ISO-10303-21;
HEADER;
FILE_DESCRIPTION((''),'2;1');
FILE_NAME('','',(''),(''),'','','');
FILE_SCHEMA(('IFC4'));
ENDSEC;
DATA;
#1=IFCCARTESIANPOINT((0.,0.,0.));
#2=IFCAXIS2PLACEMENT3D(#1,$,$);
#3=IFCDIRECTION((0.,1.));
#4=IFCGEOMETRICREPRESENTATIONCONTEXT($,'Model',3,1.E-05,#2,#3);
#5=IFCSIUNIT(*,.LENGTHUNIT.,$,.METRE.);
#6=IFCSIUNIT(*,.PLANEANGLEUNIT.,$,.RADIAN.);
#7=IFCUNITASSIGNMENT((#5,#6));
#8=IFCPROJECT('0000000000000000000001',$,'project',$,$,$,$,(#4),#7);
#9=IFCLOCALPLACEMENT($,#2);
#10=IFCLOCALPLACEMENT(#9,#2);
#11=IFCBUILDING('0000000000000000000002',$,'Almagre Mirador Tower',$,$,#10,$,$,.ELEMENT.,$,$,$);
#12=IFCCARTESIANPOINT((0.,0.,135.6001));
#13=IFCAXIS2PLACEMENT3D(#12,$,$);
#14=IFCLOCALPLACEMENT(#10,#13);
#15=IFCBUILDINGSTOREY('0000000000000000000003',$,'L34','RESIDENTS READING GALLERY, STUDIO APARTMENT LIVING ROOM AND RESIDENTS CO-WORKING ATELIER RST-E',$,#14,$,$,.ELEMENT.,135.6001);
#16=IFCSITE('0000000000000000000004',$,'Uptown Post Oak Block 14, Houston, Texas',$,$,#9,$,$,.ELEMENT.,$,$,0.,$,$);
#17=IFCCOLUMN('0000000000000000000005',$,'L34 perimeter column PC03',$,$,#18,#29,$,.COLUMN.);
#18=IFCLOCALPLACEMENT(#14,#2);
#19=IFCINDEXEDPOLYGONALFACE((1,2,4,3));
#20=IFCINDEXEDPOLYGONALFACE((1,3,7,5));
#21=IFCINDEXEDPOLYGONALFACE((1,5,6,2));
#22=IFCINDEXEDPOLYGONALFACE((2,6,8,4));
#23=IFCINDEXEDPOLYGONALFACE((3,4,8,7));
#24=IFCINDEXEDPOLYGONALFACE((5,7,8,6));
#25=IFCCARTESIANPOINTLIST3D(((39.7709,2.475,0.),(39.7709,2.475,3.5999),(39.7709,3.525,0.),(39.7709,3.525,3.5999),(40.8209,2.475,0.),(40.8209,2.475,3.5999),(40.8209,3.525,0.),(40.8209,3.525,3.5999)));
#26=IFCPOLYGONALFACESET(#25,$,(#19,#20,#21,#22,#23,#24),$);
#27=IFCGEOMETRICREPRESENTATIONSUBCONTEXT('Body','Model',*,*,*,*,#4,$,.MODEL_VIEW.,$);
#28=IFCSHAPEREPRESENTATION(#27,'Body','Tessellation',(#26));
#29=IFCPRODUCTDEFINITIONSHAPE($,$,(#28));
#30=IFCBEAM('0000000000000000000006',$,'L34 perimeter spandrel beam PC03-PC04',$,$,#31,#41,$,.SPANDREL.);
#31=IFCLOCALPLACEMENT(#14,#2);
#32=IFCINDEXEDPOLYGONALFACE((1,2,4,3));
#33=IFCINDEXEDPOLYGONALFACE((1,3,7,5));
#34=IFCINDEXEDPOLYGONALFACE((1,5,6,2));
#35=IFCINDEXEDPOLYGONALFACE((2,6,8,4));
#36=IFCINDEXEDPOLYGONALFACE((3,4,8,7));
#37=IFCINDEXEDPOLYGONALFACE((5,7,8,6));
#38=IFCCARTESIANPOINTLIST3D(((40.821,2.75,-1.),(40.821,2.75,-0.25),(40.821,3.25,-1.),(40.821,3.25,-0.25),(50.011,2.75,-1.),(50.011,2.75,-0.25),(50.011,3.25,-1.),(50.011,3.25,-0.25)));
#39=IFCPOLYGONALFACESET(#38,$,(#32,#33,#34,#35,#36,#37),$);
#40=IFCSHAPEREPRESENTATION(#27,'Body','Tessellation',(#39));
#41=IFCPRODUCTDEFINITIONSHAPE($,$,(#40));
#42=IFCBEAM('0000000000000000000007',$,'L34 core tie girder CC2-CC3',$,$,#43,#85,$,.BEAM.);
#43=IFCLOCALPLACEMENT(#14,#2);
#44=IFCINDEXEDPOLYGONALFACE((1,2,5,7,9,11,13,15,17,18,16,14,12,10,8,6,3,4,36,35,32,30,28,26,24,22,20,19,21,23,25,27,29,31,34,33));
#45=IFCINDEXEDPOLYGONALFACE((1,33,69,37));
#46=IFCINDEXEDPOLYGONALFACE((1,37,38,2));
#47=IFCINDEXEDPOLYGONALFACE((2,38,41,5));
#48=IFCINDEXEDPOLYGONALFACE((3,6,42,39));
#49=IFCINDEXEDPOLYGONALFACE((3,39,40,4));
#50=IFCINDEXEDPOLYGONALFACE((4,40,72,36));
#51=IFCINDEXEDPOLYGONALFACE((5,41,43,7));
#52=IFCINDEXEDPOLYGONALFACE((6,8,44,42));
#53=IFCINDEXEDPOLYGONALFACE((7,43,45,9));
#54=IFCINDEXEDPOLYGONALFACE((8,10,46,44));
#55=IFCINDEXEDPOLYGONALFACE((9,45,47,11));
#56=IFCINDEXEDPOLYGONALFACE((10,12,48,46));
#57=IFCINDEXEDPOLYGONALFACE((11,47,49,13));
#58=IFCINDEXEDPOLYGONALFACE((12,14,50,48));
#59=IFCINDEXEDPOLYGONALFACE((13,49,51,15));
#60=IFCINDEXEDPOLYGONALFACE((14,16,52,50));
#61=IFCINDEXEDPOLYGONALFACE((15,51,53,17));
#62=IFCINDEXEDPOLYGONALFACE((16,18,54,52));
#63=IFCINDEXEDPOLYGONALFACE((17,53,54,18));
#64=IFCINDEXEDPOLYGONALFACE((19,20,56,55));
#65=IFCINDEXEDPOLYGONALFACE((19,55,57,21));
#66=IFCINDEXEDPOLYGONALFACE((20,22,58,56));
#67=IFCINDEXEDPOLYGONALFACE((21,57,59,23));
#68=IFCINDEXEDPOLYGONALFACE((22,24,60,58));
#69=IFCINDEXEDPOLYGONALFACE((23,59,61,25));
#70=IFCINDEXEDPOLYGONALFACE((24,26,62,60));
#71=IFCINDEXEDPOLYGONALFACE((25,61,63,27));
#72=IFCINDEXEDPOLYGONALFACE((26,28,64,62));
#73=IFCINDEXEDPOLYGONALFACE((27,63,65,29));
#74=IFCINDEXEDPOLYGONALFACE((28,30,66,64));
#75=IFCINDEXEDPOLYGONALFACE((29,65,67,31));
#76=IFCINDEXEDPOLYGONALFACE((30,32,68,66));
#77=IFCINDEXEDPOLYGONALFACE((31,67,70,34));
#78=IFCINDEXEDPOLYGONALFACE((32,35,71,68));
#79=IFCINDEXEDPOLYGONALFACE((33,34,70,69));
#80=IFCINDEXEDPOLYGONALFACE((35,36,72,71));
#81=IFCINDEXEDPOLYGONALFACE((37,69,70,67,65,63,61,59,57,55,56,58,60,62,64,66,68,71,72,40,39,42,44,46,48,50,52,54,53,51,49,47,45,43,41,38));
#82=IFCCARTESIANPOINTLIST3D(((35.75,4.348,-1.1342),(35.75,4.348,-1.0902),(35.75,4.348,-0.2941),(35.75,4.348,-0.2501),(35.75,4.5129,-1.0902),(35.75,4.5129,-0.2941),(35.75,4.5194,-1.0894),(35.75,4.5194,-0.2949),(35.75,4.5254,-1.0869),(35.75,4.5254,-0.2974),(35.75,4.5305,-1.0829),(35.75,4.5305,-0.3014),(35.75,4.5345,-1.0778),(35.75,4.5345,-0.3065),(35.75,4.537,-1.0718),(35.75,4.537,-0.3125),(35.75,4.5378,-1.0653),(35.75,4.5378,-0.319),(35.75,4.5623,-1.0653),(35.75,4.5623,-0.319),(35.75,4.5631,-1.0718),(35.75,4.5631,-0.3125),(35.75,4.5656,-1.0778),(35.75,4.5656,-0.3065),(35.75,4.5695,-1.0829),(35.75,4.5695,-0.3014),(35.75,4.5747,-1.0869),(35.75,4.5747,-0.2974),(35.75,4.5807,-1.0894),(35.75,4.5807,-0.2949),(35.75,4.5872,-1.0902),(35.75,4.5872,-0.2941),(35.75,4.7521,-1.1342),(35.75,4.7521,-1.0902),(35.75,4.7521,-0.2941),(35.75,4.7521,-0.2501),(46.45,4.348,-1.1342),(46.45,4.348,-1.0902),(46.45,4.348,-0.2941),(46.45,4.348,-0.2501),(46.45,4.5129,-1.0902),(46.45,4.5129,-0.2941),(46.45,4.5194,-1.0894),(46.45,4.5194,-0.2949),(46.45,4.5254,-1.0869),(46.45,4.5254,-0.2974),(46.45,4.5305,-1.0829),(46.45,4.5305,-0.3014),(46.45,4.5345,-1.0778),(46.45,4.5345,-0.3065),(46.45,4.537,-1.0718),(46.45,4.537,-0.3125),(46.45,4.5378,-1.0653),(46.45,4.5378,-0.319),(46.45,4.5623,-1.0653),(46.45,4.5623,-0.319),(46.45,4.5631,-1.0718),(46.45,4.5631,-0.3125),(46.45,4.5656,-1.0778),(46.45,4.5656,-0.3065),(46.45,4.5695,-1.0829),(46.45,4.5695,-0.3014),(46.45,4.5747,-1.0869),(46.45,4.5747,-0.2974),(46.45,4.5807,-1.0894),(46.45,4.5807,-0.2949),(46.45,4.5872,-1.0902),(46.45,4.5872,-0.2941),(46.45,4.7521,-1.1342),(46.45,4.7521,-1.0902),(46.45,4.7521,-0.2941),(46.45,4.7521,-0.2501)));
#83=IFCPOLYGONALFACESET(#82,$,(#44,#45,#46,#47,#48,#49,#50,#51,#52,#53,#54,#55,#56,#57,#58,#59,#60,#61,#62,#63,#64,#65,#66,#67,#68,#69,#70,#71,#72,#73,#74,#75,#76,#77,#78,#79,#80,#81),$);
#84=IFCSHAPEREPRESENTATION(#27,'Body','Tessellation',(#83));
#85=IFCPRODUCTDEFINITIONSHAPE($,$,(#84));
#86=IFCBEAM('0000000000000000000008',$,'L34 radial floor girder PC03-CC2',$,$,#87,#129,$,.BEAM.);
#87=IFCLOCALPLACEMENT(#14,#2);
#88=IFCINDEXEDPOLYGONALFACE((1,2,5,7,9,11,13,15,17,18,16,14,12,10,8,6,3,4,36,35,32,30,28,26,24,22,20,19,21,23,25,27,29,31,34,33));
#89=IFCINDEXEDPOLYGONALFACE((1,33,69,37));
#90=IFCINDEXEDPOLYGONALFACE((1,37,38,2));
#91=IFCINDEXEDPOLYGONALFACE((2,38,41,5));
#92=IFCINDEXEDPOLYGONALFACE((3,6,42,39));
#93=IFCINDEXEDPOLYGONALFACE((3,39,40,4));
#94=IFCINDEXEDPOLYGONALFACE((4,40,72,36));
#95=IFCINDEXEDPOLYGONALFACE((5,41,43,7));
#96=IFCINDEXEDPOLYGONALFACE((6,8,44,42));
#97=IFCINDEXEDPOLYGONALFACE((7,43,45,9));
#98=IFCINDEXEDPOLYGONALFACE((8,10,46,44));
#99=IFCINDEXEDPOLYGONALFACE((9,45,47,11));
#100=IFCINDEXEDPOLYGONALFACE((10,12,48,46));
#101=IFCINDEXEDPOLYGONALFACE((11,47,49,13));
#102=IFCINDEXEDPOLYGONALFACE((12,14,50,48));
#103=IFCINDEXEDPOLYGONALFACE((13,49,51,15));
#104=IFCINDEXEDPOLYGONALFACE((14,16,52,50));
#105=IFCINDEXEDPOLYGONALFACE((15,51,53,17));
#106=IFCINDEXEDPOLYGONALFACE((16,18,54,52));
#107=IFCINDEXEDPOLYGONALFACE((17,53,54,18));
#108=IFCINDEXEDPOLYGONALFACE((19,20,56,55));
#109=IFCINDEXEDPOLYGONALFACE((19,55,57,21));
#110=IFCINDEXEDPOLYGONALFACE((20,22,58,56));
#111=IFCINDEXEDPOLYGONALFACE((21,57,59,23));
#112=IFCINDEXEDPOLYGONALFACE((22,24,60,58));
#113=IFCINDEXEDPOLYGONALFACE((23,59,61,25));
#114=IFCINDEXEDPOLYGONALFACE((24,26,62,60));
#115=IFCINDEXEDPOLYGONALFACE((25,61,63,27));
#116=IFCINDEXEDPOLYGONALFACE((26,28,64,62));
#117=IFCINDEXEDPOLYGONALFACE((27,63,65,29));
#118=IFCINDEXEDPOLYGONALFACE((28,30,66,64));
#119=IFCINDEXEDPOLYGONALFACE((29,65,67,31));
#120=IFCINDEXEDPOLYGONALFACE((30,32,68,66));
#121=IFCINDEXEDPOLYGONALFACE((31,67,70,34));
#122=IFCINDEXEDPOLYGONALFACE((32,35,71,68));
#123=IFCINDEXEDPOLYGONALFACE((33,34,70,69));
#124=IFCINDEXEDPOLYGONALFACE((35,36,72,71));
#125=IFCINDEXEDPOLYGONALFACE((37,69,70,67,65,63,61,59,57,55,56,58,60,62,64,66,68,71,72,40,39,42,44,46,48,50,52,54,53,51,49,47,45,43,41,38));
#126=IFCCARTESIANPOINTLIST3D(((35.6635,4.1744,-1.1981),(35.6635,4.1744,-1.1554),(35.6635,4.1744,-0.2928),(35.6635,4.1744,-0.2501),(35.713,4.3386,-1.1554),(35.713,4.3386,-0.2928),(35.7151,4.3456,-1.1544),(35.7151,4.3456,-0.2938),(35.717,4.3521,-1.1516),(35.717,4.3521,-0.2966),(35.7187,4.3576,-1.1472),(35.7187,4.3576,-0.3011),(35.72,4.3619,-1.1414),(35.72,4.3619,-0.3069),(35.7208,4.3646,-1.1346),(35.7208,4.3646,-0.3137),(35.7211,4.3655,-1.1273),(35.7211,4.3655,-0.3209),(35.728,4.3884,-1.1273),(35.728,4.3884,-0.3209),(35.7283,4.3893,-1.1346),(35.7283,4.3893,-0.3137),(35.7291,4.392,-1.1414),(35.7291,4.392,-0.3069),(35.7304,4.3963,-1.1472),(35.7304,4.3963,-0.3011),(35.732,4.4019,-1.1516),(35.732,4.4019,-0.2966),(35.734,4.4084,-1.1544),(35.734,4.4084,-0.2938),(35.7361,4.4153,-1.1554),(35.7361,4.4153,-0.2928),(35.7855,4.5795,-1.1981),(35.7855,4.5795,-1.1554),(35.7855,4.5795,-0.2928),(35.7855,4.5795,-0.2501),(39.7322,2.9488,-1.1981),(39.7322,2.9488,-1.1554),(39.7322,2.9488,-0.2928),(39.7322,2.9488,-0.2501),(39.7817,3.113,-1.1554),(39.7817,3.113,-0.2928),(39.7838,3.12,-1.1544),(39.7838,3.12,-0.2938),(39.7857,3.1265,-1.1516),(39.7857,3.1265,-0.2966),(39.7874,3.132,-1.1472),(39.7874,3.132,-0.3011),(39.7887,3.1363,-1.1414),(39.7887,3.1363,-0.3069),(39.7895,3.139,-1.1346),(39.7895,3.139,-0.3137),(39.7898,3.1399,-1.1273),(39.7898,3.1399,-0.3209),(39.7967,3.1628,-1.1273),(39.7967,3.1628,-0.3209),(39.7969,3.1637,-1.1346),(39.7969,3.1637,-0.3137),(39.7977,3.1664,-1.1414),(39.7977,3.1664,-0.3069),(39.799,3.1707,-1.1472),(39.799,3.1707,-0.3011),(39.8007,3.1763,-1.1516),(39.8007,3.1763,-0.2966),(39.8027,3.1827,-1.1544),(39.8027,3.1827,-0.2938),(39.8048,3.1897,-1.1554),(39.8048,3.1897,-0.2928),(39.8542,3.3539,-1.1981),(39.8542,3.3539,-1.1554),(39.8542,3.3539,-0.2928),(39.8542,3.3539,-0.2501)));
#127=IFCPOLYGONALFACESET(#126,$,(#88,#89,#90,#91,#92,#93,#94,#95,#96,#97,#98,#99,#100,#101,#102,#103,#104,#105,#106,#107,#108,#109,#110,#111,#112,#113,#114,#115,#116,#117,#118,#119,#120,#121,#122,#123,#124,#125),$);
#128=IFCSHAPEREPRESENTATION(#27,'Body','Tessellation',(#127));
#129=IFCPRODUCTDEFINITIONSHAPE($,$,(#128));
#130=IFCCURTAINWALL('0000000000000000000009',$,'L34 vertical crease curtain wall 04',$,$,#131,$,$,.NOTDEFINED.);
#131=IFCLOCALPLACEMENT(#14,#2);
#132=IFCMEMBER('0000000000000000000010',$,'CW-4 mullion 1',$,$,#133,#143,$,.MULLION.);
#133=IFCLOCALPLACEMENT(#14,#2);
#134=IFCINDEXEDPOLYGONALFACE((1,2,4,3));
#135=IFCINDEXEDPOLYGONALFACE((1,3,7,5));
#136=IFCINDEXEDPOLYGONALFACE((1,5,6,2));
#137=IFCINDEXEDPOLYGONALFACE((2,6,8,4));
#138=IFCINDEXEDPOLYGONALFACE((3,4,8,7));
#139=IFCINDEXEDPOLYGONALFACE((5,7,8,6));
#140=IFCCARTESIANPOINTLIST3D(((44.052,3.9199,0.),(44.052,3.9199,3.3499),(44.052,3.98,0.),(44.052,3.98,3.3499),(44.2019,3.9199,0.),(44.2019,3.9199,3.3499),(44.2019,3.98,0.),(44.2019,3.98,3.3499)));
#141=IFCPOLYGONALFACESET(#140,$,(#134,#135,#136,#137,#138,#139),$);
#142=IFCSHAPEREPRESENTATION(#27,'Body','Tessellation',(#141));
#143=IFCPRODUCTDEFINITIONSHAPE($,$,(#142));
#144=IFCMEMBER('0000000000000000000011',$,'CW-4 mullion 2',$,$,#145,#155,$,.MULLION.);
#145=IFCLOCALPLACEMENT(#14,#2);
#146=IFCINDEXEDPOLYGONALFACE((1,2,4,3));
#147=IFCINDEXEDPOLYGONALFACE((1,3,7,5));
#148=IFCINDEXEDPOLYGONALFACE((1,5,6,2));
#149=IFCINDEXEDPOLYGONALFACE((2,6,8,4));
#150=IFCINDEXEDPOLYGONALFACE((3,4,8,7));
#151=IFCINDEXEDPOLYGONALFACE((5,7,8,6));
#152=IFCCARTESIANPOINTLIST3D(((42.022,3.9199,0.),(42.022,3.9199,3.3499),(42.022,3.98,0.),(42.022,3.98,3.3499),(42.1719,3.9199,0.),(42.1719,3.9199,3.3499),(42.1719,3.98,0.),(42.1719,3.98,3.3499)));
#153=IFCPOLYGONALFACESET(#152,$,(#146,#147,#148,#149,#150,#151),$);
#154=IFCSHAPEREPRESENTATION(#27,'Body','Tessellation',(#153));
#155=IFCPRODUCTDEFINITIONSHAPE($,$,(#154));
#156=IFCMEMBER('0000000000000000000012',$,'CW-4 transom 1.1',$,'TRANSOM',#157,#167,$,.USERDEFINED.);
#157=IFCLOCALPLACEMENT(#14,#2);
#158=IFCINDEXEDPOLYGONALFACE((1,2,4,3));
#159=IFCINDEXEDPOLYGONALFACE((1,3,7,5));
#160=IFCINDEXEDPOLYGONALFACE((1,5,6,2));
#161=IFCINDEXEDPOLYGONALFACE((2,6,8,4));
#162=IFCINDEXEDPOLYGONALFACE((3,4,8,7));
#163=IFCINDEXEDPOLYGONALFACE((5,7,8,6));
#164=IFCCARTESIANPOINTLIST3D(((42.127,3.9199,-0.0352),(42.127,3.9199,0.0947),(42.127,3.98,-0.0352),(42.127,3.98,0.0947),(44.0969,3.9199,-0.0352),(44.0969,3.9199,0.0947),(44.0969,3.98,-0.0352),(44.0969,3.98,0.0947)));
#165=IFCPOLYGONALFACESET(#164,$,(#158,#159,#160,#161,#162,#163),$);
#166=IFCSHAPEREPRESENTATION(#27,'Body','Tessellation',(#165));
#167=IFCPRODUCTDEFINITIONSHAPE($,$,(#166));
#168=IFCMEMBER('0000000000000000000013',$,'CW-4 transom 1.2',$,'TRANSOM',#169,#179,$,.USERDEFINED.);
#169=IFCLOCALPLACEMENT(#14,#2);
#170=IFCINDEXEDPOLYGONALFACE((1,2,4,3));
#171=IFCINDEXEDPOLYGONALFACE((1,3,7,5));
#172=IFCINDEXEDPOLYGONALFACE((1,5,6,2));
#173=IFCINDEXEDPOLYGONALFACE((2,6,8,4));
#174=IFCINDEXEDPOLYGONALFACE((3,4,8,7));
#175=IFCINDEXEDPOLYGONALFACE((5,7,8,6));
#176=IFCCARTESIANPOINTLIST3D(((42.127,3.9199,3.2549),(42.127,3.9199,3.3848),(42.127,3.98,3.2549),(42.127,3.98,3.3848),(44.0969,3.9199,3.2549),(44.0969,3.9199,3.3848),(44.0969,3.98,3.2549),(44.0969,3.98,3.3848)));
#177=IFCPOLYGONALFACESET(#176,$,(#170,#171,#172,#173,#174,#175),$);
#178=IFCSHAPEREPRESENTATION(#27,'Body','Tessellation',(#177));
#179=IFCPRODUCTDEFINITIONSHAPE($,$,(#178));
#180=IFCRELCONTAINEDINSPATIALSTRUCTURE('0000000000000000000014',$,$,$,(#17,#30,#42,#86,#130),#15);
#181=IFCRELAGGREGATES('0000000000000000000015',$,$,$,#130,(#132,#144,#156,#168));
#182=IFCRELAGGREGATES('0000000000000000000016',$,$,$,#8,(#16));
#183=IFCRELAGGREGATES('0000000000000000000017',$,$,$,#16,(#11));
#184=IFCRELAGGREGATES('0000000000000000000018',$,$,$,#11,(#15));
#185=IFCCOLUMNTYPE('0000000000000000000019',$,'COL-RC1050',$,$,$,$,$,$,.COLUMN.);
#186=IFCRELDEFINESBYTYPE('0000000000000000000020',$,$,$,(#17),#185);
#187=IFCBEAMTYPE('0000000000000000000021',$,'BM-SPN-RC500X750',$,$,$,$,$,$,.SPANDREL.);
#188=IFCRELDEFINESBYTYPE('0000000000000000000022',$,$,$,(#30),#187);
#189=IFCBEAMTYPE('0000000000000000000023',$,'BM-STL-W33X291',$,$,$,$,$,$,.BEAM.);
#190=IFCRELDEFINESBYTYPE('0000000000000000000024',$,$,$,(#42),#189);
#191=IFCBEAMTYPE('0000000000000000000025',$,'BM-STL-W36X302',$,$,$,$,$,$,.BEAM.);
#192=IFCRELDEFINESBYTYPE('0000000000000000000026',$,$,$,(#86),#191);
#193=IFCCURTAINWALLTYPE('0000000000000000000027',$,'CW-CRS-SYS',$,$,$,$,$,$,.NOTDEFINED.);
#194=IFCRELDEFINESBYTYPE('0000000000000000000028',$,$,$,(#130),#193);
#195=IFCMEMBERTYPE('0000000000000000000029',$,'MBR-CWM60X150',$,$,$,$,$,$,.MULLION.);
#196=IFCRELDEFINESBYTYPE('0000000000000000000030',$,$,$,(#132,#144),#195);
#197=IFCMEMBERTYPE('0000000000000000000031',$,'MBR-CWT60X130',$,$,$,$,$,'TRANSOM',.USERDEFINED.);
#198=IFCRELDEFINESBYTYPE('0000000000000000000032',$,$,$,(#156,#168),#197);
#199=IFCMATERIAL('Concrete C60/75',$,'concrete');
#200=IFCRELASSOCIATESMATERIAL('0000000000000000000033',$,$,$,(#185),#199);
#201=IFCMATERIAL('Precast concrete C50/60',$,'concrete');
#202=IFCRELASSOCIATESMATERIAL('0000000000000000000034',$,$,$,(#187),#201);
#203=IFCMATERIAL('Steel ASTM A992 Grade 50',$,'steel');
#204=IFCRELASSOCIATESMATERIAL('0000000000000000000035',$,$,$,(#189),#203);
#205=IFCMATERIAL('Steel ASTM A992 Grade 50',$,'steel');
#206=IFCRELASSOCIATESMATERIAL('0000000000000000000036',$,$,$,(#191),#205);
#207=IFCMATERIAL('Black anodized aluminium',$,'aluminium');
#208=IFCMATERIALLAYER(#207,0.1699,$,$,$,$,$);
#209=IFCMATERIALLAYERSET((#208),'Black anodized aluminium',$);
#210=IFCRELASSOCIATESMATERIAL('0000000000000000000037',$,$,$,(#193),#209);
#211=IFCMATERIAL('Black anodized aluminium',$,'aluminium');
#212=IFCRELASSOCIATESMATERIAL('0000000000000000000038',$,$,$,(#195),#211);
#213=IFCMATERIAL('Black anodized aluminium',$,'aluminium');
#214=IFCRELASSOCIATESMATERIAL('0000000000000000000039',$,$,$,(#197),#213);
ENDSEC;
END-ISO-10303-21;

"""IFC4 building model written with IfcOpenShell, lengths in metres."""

from ifc_helpers import new_model, si_unit, direction, frame, origin, origin_2d, place, context, subcontext, project, spatial, rectangle, i_section, extrude, material, layer, layer_set, material_profile, profile_set, type_object, element, aggregate, save


model = new_model("IFC4")

# Units and contexts
model_context = context("Model", 3, precision=1e-05, world=origin(), true_north=direction((0.0, 1.0)))
body_context = subcontext(model_context, "Body", "Model", "MODEL_VIEW")
ifc_project = project(units=[si_unit("LENGTHUNIT", "METRE"), si_unit("PLANEANGLEUNIT", "RADIAN")], contexts=[model_context])

# Site, building, storey
site_placement = place(None, origin())
site = spatial("IfcSite", under=ifc_project, at=site_placement, Name="Uptown Post Oak Block 14, Houston, Texas", CompositionType="ELEMENT", RefElevation=0.0)
building_placement = place(site_placement, origin())
building = spatial("IfcBuilding", under=site, at=building_placement, Name="Almagre Mirador Tower", CompositionType="ELEMENT")
storey_placement = place(building_placement, frame((0.0, 0.0, 135.6001)))
storey = spatial("IfcBuildingStorey", under=building, at=storey_placement, Name="L34", Description="RESIDENTS READING GALLERY, STUDIO APARTMENT LIVING ROOM AND RESIDENTS CO-WORKING ATELIER RST-E", CompositionType="ELEMENT", Elevation=135.6001)

# Column
ifc_material_1 = material(Name="Concrete C60/75", Category="concrete")
ifc_material_profile_1 = material_profile(ifc_material_1, rectangle(XDim=1.05, YDim=1.05, at=origin_2d()), Name="RC1050X1050")
ifc_profile_set_1 = profile_set([ifc_material_profile_1], Name="Concrete C60/75")
column_type = type_object("IfcColumnType", Name="COL-RC1050", PredefinedType="COLUMN", material=ifc_profile_set_1)
column_placement = place(storey_placement, frame((40.2959, 3.0, 0.0), z_axis=(0.0, 0.0, 1.0), x_axis=(1.0, 0.0, 0.0)))
element("IfcColumn", 1, at=column_placement, inside=storey, type_object=column_type, Name="L34 perimeter column PC03", PredefinedType="COLUMN", context=body_context, shape_type="SweptSolid", body=[
    extrude(rectangle(XDim=1.05, YDim=1.05, at=origin_2d()), origin(), (0.0, 0.0, 1.0), 3.5999),
])

# Beams
ifc_material_2 = material(Name="Precast concrete C50/60", Category="concrete")
ifc_material_profile_2 = material_profile(ifc_material_2, rectangle(XDim=0.5, YDim=0.75, at=origin_2d()), Name="RC500X750")
ifc_profile_set_2 = profile_set([ifc_material_profile_2], Name="Precast concrete C50/60")
beam_type_1 = type_object("IfcBeamType", Name="BM-SPN-RC500X750", PredefinedType="SPANDREL", material=ifc_profile_set_2)
beam_1_placement = place(storey_placement, frame((40.821, 3.0, -0.625), z_axis=(1.0, 0.0, 0.0), x_axis=(0.0, 1.0, 0.0)))
element("IfcBeam", 2, at=beam_1_placement, inside=storey, type_object=beam_type_1, Name="L34 perimeter spandrel beam PC03-PC04", PredefinedType="SPANDREL", context=body_context, shape_type="SweptSolid", body=[
    extrude(rectangle(XDim=0.5, YDim=0.75, at=origin_2d()), origin(), (0.0, 0.0, 1.0), 9.1899),
])
ifc_material_3 = material(Name="Steel ASTM A992 Grade 50", Category="steel")
ifc_material_profile_3 = material_profile(ifc_material_3, i_section(OverallWidth=0.4041, OverallDepth=0.884, WebThickness=0.0244, FlangeThickness=0.0439, FilletRadius=0.0249, at=origin_2d()), Name="W33X291")
ifc_profile_set_3 = profile_set([ifc_material_profile_3], Name="Steel ASTM A992 Grade 50")
beam_type_2 = type_object("IfcBeamType", Name="BM-STL-W33X291", PredefinedType="BEAM", material=ifc_profile_set_3)
beam_2_placement = place(storey_placement, frame((35.75, 4.55, -0.6921), z_axis=(1.0, 0.0, 0.0), x_axis=(0.0, 1.0, 0.0)))
element("IfcBeam", 3, at=beam_2_placement, inside=storey, type_object=beam_type_2, Name="L34 core tie girder CC2-CC3", PredefinedType="BEAM", context=body_context, shape_type="SweptSolid", body=[
    extrude(i_section(OverallWidth=0.4041, OverallDepth=0.884, WebThickness=0.0244, FlangeThickness=0.0439, FilletRadius=0.0249, at=origin_2d()), origin(), (0.0, 0.0, 1.0), 10.7),
])
ifc_material_4 = material(Name="Steel ASTM A992 Grade 50", Category="steel")
ifc_material_profile_4 = material_profile(ifc_material_4, i_section(OverallWidth=0.4231, OverallDepth=0.948, WebThickness=0.0239, FlangeThickness=0.0427, FilletRadius=0.0281, at=origin_2d()), Name="W36X302")
ifc_profile_set_4 = profile_set([ifc_material_profile_4], Name="Steel ASTM A992 Grade 50")
beam_type_3 = type_object("IfcBeamType", Name="BM-STL-W36X302", PredefinedType="BEAM", material=ifc_profile_set_4)
beam_3_placement = place(storey_placement, frame((39.7932, 3.1514, -0.7241), z_axis=(-0.957501, 0.288428, 0.0), x_axis=(-0.288428, -0.957501, 0.0)))
element("IfcBeam", 4, at=beam_3_placement, inside=storey, type_object=beam_type_3, Name="L34 radial floor girder PC03-CC2", PredefinedType="BEAM", context=body_context, shape_type="SweptSolid", body=[
    extrude(i_section(OverallWidth=0.4231, OverallDepth=0.948, WebThickness=0.0239, FlangeThickness=0.0427, FilletRadius=0.0281, at=origin_2d()), origin(), (0.0, 0.0, 1.0), 4.2493),
])

# Curtain wall, members
ifc_material_5 = material(Name="Black anodized aluminium", Category="aluminium")
ifc_layer_1 = layer(ifc_material_5, 0.1699)
ifc_layer_set_1 = layer_set([ifc_layer_1], Name="Black anodized aluminium")
curtain_wall_type = type_object("IfcCurtainWallType", Name="CW-CRS-SYS", PredefinedType="NOTDEFINED", material=ifc_layer_set_1)
curtain_wall_placement = place(storey_placement, origin())
curtain_wall = element("IfcCurtainWall", 5, at=curtain_wall_placement, inside=storey, type_object=curtain_wall_type, Name="L34 vertical crease curtain wall 04", PredefinedType="NOTDEFINED")
ifc_material_6 = material(Name="Black anodized aluminium", Category="aluminium")
ifc_material_profile_5 = material_profile(ifc_material_6, rectangle(XDim=0.0601, YDim=0.1499, at=origin_2d()), Name="CWM60X150")
ifc_profile_set_5 = profile_set([ifc_material_profile_5], Name="Black anodized aluminium")
member_type_1 = type_object("IfcMemberType", Name="MBR-CWM60X150", PredefinedType="MULLION", material=ifc_profile_set_5)
member_1_placement = place(storey_placement, frame((44.127, 3.95, 0.0), z_axis=(0.0, 0.0, 1.0), x_axis=(0.0, -1.0, 0.0)))
member_1 = element("IfcMember", 6, at=member_1_placement, type_object=member_type_1, Name="CW-4 mullion 1", PredefinedType="MULLION", context=body_context, shape_type="SweptSolid", body=[
    extrude(rectangle(XDim=0.0601, YDim=0.1499, at=origin_2d()), origin(), (0.0, 0.0, 1.0), 3.3499),
])
member_2_placement = place(storey_placement, frame((42.0969, 3.95, 0.0), z_axis=(0.0, 0.0, 1.0), x_axis=(0.0, -1.0, 0.0)))
member_2 = element("IfcMember", 7, at=member_2_placement, type_object=member_type_1, Name="CW-4 mullion 2", PredefinedType="MULLION", context=body_context, shape_type="SweptSolid", body=[
    extrude(rectangle(XDim=0.0601, YDim=0.1499, at=origin_2d()), origin(), (0.0, 0.0, 1.0), 3.3499),
])
ifc_material_7 = material(Name="Black anodized aluminium", Category="aluminium")
ifc_material_profile_6 = material_profile(ifc_material_7, rectangle(XDim=0.0601, YDim=0.1299, at=origin_2d()), Name="CWT60X130")
ifc_profile_set_6 = profile_set([ifc_material_profile_6], Name="Black anodized aluminium")
member_type_2 = type_object("IfcMemberType", Name="MBR-CWT60X130", ElementType="TRANSOM", PredefinedType="USERDEFINED", material=ifc_profile_set_6)
member_3_placement = place(storey_placement, frame((44.0969, 3.95, 0.0298), z_axis=(-1.0, 0.0, 0.0), x_axis=(0.0, -1.0, 0.0)))
member_3 = element("IfcMember", 8, at=member_3_placement, type_object=member_type_2, Name="CW-4 transom 1.1", ObjectType="TRANSOM", PredefinedType="USERDEFINED", context=body_context, shape_type="SweptSolid", body=[
    extrude(rectangle(XDim=0.0601, YDim=0.1299, at=origin_2d()), origin(), (0.0, 0.0, 1.0), 1.97),
])
member_4_placement = place(storey_placement, frame((44.0969, 3.95, 3.3198), z_axis=(-1.0, 0.0, 0.0), x_axis=(0.0, -1.0, 0.0)))
member_4 = element("IfcMember", 9, at=member_4_placement, type_object=member_type_2, Name="CW-4 transom 1.2", ObjectType="TRANSOM", PredefinedType="USERDEFINED", context=body_context, shape_type="SweptSolid", body=[
    extrude(rectangle(XDim=0.0601, YDim=0.1299, at=origin_2d()), origin(), (0.0, 0.0, 1.0), 1.97),
])
aggregate(curtain_wall, [member_1, member_2, member_3, member_4])

save(model, "model.ifc")
